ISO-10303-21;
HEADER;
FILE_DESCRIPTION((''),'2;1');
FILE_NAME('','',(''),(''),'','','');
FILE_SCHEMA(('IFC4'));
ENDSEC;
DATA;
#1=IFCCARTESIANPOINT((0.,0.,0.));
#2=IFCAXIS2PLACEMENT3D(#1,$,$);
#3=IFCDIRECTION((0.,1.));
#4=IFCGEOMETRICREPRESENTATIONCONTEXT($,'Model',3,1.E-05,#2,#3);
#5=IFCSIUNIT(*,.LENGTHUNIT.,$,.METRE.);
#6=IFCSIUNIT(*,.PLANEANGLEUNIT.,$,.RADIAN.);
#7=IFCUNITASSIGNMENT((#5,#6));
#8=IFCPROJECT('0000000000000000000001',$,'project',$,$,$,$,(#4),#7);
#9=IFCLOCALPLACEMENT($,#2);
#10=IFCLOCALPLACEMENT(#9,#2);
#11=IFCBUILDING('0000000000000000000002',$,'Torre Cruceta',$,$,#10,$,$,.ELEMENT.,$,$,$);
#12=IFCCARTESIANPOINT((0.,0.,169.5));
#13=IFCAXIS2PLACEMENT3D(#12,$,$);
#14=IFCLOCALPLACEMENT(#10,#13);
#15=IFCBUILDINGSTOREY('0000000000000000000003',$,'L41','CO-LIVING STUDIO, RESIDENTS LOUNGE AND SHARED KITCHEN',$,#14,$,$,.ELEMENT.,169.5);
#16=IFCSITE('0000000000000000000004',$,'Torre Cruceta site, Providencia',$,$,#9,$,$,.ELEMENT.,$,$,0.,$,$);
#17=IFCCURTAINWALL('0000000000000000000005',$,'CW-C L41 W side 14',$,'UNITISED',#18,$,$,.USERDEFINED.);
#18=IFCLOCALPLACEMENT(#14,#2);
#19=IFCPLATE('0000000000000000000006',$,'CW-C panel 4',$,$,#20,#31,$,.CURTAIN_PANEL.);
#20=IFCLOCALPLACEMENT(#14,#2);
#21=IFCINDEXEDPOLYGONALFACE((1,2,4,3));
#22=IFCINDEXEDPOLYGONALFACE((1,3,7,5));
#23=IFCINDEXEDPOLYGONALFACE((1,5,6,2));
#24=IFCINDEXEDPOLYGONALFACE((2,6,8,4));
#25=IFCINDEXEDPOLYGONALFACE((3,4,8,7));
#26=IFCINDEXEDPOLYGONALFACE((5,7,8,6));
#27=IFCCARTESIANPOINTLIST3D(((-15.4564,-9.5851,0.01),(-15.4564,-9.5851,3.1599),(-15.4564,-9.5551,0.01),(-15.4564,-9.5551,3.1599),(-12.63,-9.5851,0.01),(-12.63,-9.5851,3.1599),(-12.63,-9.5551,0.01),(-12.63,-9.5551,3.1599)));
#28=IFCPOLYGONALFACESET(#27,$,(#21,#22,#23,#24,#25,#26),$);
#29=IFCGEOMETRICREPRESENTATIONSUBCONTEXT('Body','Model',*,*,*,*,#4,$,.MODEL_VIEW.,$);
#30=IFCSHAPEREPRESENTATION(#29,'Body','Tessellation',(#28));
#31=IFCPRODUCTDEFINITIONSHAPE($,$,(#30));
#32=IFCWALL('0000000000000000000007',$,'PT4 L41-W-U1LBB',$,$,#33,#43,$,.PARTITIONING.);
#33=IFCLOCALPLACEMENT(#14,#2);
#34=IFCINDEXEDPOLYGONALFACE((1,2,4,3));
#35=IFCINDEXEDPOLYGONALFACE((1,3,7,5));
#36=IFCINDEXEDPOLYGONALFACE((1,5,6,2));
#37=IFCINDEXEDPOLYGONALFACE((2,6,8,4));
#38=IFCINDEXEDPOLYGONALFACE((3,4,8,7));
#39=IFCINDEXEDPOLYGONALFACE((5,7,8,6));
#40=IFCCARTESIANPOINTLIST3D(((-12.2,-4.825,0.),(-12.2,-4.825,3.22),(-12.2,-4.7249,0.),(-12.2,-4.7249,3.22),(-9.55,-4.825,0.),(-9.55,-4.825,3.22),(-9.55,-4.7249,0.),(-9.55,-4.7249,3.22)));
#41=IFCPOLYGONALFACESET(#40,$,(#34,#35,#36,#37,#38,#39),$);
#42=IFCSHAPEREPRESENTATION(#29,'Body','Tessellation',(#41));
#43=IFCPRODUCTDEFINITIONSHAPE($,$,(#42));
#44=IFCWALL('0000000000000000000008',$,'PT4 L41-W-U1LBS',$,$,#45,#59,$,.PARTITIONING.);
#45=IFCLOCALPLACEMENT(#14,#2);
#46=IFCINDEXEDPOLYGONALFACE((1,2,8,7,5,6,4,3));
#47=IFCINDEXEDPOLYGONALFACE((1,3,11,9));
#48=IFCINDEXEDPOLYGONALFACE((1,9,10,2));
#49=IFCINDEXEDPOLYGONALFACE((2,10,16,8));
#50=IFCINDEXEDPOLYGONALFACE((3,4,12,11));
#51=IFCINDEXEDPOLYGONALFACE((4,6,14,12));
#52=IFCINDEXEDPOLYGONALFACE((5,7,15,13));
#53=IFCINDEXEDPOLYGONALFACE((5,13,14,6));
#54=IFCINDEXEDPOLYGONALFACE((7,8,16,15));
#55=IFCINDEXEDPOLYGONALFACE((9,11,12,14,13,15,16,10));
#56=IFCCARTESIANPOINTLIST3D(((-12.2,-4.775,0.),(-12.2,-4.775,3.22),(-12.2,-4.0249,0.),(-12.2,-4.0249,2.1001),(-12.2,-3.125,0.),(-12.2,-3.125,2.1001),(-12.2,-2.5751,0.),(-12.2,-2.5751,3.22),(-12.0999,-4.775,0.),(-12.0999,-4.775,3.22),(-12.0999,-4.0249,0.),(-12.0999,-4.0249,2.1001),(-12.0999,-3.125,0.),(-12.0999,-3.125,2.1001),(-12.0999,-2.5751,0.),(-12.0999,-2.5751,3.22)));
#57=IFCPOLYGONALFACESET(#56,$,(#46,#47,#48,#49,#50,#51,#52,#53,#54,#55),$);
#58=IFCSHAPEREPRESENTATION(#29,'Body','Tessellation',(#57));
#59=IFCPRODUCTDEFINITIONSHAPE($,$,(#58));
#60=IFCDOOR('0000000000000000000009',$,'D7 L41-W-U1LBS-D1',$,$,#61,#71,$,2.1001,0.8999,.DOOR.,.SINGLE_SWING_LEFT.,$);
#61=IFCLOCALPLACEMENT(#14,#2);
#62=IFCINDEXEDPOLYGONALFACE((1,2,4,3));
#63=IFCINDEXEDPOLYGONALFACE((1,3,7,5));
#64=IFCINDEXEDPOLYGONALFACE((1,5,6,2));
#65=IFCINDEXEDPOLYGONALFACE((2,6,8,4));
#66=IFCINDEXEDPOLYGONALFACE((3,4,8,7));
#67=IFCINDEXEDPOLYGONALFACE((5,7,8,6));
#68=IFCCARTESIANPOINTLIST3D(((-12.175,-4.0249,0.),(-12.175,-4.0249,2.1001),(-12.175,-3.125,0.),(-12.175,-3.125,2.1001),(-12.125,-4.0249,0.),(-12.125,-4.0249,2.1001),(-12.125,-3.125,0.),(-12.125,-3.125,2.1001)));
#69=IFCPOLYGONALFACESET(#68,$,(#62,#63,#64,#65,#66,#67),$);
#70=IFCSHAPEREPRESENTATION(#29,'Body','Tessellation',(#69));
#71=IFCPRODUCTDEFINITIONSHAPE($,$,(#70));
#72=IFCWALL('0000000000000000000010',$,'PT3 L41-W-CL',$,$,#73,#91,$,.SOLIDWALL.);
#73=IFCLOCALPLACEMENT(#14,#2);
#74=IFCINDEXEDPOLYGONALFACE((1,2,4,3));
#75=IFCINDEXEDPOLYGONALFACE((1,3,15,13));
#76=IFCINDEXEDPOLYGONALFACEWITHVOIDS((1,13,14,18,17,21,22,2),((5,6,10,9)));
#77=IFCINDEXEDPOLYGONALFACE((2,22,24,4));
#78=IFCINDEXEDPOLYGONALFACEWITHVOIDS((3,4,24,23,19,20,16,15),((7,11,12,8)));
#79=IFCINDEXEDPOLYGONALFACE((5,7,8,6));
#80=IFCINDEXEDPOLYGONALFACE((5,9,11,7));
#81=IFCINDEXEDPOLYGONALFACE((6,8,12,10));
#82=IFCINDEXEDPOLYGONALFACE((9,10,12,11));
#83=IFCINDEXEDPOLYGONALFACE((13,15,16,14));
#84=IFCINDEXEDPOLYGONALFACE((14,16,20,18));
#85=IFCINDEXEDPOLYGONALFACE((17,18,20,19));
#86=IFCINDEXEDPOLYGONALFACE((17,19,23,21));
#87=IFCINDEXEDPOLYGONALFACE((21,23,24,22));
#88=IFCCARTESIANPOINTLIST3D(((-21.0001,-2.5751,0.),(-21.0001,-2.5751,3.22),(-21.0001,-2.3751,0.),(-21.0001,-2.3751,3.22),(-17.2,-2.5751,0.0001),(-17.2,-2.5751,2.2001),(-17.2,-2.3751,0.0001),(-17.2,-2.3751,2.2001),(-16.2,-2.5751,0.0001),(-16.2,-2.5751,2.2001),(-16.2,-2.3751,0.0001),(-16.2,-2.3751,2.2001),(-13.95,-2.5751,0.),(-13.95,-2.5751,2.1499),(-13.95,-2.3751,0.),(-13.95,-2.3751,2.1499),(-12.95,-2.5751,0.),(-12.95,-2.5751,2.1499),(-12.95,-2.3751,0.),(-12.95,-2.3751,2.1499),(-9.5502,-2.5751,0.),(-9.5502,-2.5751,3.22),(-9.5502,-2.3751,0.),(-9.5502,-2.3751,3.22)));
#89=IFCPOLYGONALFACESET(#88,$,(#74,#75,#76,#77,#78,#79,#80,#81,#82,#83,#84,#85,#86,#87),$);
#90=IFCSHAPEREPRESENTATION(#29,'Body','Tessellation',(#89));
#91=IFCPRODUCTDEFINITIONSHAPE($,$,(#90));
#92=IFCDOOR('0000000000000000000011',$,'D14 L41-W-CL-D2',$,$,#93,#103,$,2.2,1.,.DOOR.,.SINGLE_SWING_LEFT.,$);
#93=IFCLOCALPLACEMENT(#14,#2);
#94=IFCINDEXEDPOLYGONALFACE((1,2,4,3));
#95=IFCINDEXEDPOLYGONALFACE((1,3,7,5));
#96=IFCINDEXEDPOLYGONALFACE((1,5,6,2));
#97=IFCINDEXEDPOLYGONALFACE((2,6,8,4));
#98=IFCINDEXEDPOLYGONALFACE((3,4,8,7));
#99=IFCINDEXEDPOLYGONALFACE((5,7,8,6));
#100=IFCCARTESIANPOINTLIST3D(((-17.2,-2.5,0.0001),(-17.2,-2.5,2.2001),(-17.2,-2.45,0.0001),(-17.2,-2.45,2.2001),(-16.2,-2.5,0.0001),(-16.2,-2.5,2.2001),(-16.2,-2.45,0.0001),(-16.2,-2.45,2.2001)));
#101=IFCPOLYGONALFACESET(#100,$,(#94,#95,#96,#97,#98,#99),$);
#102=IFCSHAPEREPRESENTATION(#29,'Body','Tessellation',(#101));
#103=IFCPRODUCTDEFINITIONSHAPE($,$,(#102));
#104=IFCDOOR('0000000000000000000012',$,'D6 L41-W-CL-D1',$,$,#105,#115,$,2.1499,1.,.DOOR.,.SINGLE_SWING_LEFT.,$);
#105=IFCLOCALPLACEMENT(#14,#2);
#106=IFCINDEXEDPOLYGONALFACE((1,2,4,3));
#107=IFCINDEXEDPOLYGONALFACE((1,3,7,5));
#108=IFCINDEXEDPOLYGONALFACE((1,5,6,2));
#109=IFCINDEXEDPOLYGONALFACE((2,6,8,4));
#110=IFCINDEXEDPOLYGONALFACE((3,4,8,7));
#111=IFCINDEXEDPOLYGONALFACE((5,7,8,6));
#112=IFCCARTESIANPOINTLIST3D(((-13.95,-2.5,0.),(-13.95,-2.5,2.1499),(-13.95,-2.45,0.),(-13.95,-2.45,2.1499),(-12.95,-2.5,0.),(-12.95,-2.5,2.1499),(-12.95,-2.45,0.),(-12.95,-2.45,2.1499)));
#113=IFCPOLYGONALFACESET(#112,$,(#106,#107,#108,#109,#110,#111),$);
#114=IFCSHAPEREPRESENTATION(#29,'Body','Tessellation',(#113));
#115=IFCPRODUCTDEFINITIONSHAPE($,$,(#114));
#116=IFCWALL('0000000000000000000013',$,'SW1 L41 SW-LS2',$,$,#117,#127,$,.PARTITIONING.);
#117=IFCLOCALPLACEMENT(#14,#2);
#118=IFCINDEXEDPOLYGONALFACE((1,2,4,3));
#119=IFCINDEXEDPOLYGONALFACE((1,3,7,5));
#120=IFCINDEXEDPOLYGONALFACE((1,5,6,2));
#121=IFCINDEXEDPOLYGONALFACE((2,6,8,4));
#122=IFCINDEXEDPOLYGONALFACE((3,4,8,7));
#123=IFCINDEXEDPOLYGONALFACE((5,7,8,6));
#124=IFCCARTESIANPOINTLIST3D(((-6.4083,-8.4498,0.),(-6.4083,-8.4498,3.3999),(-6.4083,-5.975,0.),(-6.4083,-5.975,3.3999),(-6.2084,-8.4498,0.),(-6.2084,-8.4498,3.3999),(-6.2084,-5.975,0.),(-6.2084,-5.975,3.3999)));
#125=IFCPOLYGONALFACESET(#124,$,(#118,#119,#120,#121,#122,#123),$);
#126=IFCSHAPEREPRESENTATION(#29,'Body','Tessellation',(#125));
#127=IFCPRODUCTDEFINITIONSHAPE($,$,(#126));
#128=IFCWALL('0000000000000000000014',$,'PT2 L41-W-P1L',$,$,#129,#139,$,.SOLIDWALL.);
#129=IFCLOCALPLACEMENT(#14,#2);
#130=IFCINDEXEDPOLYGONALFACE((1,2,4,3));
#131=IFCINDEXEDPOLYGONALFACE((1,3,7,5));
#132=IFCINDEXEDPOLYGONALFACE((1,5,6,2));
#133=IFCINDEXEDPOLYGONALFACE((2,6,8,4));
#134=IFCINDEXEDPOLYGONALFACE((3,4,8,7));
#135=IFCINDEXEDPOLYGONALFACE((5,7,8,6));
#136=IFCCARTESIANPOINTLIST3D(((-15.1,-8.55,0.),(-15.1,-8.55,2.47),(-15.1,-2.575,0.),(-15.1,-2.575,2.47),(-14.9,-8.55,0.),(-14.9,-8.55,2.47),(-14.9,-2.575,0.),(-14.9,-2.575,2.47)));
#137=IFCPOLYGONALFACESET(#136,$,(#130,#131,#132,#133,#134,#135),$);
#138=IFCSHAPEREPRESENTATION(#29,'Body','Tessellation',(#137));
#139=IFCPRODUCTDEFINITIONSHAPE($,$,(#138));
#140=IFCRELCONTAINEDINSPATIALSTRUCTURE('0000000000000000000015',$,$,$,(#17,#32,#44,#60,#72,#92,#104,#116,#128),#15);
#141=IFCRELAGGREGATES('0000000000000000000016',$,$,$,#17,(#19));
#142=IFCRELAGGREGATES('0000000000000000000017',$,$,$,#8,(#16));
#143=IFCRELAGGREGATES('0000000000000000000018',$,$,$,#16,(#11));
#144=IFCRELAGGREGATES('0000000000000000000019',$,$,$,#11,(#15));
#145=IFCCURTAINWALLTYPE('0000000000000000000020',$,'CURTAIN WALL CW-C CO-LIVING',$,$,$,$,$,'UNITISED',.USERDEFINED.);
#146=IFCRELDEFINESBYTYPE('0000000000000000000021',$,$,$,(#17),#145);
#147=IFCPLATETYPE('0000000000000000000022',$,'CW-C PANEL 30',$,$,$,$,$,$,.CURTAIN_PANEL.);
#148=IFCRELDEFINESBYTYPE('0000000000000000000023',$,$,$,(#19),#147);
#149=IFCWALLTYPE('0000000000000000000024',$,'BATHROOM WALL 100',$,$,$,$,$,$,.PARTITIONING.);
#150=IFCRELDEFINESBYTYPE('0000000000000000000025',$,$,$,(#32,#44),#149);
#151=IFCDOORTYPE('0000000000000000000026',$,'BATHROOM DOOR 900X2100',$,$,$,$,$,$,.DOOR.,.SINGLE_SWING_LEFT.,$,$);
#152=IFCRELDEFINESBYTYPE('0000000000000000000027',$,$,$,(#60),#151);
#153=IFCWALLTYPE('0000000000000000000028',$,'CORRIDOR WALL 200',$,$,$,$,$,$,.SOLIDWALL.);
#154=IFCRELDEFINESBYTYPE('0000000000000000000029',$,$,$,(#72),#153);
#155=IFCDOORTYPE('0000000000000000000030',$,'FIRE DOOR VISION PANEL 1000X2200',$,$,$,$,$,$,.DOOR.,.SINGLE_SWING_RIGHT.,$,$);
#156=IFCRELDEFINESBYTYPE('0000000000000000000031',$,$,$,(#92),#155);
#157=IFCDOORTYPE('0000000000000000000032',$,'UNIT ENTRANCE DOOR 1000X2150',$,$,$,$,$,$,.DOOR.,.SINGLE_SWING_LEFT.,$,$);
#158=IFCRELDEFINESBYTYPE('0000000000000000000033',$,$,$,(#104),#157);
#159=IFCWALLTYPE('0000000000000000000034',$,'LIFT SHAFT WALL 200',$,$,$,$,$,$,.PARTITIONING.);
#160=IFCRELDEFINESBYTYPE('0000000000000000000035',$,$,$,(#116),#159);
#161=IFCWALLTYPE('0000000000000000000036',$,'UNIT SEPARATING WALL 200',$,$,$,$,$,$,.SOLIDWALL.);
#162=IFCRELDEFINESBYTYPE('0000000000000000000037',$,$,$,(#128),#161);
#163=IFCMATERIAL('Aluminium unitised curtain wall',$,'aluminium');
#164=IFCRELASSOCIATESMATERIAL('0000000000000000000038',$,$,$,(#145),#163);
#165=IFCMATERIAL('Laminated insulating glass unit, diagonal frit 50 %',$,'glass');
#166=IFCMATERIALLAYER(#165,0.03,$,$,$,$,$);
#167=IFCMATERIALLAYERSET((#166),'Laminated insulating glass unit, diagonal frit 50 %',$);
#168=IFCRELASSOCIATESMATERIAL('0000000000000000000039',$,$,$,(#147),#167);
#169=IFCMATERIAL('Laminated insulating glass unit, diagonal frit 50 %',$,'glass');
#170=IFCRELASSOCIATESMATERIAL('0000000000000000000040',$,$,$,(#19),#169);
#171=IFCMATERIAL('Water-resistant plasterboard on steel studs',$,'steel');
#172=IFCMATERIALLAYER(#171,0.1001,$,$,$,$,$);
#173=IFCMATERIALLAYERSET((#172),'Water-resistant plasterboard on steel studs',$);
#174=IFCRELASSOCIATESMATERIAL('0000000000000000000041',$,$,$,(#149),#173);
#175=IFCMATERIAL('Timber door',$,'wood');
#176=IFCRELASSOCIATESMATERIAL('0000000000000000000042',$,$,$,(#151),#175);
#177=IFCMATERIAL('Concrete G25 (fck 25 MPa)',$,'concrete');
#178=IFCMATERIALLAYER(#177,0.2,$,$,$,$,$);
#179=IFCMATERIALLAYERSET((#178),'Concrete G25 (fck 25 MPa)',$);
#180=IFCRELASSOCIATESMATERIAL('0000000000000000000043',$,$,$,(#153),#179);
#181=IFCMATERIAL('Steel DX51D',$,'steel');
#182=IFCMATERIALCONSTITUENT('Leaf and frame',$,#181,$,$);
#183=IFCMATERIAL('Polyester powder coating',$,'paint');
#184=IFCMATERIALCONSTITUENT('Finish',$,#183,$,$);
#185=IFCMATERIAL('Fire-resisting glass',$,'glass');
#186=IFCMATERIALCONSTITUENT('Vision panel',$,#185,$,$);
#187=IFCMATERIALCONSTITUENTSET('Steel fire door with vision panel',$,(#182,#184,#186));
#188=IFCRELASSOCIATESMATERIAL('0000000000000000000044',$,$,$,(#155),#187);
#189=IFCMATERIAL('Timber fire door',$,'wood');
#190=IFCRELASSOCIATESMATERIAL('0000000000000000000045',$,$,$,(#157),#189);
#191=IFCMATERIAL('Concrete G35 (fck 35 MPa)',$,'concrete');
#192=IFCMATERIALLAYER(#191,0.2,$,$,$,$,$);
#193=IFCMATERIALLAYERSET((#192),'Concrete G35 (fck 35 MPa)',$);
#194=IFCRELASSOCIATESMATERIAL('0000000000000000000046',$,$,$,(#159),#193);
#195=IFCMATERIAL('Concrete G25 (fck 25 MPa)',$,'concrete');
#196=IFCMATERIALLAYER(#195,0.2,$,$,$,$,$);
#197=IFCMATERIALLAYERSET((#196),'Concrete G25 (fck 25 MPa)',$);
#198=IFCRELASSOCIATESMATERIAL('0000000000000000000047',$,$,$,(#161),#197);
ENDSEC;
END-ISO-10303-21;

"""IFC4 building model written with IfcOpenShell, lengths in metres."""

from ifc_helpers import new_model, si_unit, direction, frame, frame_2d, origin, origin_2d, place, context, subcontext, project, spatial, rectangle, extrude, material, layer, layer_set, constituent, constituent_set, type_object, element, fill, aggregate, save


model = new_model("IFC4")

# Units and contexts
model_context = context("Model", 3, precision=1e-05, world=origin(), true_north=direction((0.0, 1.0)))
body_context = subcontext(model_context, "Body", "Model", "MODEL_VIEW")
ifc_project = project(units=[si_unit("LENGTHUNIT", "METRE"), si_unit("PLANEANGLEUNIT", "RADIAN")], contexts=[model_context])

# Site, building, storey
site_placement = place(None, origin())
site = spatial("IfcSite", under=ifc_project, at=site_placement, Name="Torre Cruceta site, Providencia", CompositionType="ELEMENT", RefElevation=0.0)
building_placement = place(site_placement, origin())
building = spatial("IfcBuilding", under=site, at=building_placement, Name="Torre Cruceta", CompositionType="ELEMENT")
storey_placement = place(building_placement, frame((0.0, 0.0, 169.5)))
storey = spatial("IfcBuildingStorey", under=building, at=storey_placement, Name="L41", Description="CO-LIVING STUDIO, RESIDENTS LOUNGE AND SHARED KITCHEN", CompositionType="ELEMENT", Elevation=169.5)

# Curtain wall
ifc_material_1 = material(Name="Aluminium unitised curtain wall", Category="aluminium")
curtain_wall_type = type_object("IfcCurtainWallType", Name="CURTAIN WALL CW-C CO-LIVING", ElementType="UNITISED", PredefinedType="USERDEFINED", material=ifc_material_1)
curtain_wall_placement = place(storey_placement, origin())
curtain_wall = element("IfcCurtainWall", 1, at=curtain_wall_placement, inside=storey, type_object=curtain_wall_type, Name="CW-C L41 W side 14", ObjectType="UNITISED", PredefinedType="USERDEFINED")

# Plate
ifc_material_2 = material(Name="Laminated insulating glass unit, diagonal frit 50 %", Category="glass")
ifc_material_3 = material(Name="Laminated insulating glass unit, diagonal frit 50 %", Category="glass")
ifc_layer_1 = layer(ifc_material_3, 0.03)
ifc_layer_set_1 = layer_set([ifc_layer_1], Name="Laminated insulating glass unit, diagonal frit 50 %")
plate_type = type_object("IfcPlateType", Name="CW-C PANEL 30", PredefinedType="CURTAIN_PANEL", material=ifc_layer_set_1)
plate_placement = place(storey_placement, frame((-14.0432, -9.5701, 0.01), z_axis=(0.0, 0.0, 1.0), x_axis=(1.0, 0.0, 0.0)))
plate = element("IfcPlate", 2, at=plate_placement, type_object=plate_type, material=ifc_material_2, Name="CW-C panel 4", PredefinedType="CURTAIN_PANEL", context=body_context, shape_type="SweptSolid", body=[
    extrude(rectangle(XDim=2.8264, YDim=0.03, at=origin_2d()), origin(), (0.0, 0.0, 1.0), 3.1499),
])
aggregate(curtain_wall, [plate])

# Wall
ifc_material_4 = material(Name="Water-resistant plasterboard on steel studs", Category="steel")
ifc_layer_2 = layer(ifc_material_4, 0.1001)
ifc_layer_set_2 = layer_set([ifc_layer_2], Name="Water-resistant plasterboard on steel studs")
wall_type_1 = type_object("IfcWallType", Name="BATHROOM WALL 100", PredefinedType="PARTITIONING", material=ifc_layer_set_2)
wall_1_placement = place(storey_placement, frame((-9.55, -4.7749, 0.0), z_axis=(0.0, 0.0, 1.0), x_axis=(-1.0, 0.0, 0.0)))
element("IfcWall", 3, at=wall_1_placement, inside=storey, type_object=wall_type_1, Name="PT4 L41-W-U1LBB", PredefinedType="PARTITIONING", context=body_context, shape_type="SweptSolid", body=[
    extrude(rectangle(XDim=2.6499, YDim=0.1001, at=frame_2d((1.325, 0.0))), origin(), (0.0, 0.0, 1.0), 3.22),
])

# Wall, opening, door
wall_2_placement = place(storey_placement, frame((-12.1499, -2.575, 0.0), z_axis=(0.0, 0.0, 1.0), x_axis=(0.0, -1.0, 0.0)))
wall_2 = element("IfcWall", 4, at=wall_2_placement, inside=storey, type_object=wall_type_1, Name="PT4 L41-W-U1LBS", PredefinedType="PARTITIONING", context=body_context, shape_type="SweptSolid", body=[
    extrude(rectangle(XDim=2.2, YDim=0.1001, at=frame_2d((1.1001, 0.0))), origin(), (0.0, 0.0, 1.0), 3.22),
])
opening_1_placement = place(wall_2_placement, frame((0.55, 0.0, 0.0)))
opening_1 = element("IfcOpeningElement", 5, at=opening_1_placement, cuts=wall_2, PredefinedType="OPENING", context=body_context, shape_type="SweptSolid", body=[
    extrude(rectangle(XDim=0.8999, YDim=2.1001, at=frame_2d((0.45, 1.05))), frame((0.0, 0.0601, 0.0), z_axis=(0.0, -1.0, 0.0), x_axis=(1.0, 0.0, 0.0)), (0.0, 0.0, 1.0), 0.1201),
])
ifc_material_5 = material(Name="Timber door", Category="wood")
door_type_1 = type_object("IfcDoorType", Name="BATHROOM DOOR 900X2100", OperationType="SINGLE_SWING_LEFT", PredefinedType="DOOR", material=ifc_material_5)
door_1_placement = place(opening_1_placement, origin())
door_1 = element("IfcDoor", 6, at=door_1_placement, inside=storey, type_object=door_type_1, Name="D7 L41-W-U1LBS-D1", OperationType="SINGLE_SWING_LEFT", OverallHeight=2.1001, OverallWidth=0.8999, PredefinedType="DOOR", context=body_context, shape_type="SweptSolid", body=[
    extrude(rectangle(XDim=0.8999, YDim=2.1001, at=frame_2d((0.45, 1.05))), frame((0.0, 0.0249, 0.0), z_axis=(0.0, -1.0, 0.0), x_axis=(1.0, 0.0, 0.0)), (0.0, 0.0, 1.0), 0.05),
])
fill(opening_1, door_1)

# Wall, openings, doors
ifc_material_6 = material(Name="Concrete G25 (fck 25 MPa)", Category="concrete")
ifc_layer_3 = layer(ifc_material_6, 0.2)
ifc_layer_set_3 = layer_set([ifc_layer_3], Name="Concrete G25 (fck 25 MPa)")
wall_type_2 = type_object("IfcWallType", Name="CORRIDOR WALL 200", PredefinedType="SOLIDWALL", material=ifc_layer_set_3)
wall_3_placement = place(storey_placement, frame((-9.55, -2.4751, 0.0), z_axis=(0.0, 0.0, 1.0), x_axis=(-1.0, 0.0, 0.0)))
wall_3 = element("IfcWall", 7, at=wall_3_placement, inside=storey, type_object=wall_type_2, Name="PT3 L41-W-CL", PredefinedType="SOLIDWALL", context=body_context, shape_type="SweptSolid", body=[
    extrude(rectangle(XDim=11.45, YDim=0.2, at=frame_2d((5.7251, 0.0))), origin(), (0.0, 0.0, 1.0), 3.22),
])
opening_2_placement = place(wall_3_placement, frame((3.3999, 0.0, 0.0)))
opening_2 = element("IfcOpeningElement", 8, at=opening_2_placement, cuts=wall_3, PredefinedType="OPENING", context=body_context, shape_type="SweptSolid", body=[
    extrude(rectangle(XDim=1.0, YDim=2.1499, at=frame_2d((0.5, 1.075))), frame((0.0, 0.1099, 0.0), z_axis=(0.0, -1.0, 0.0), x_axis=(1.0, 0.0, 0.0)), (0.0, 0.0, 1.0), 0.22),
])
opening_3_placement = place(wall_3_placement, frame((6.6499, 0.0, 0.0)))
opening_3 = element("IfcOpeningElement", 9, at=opening_3_placement, cuts=wall_3, PredefinedType="OPENING", context=body_context, shape_type="SweptSolid", body=[
    extrude(rectangle(XDim=1.0, YDim=2.2, at=frame_2d((0.5, 1.1001))), frame((0.0, 0.1099, 0.0), z_axis=(0.0, -1.0, 0.0), x_axis=(1.0, 0.0, 0.0)), (0.0, 0.0, 1.0), 0.22),
])
ifc_material_7 = material(Name="Steel DX51D", Category="steel")
ifc_constituent_1 = constituent(ifc_material_7, Name="Leaf and frame")
ifc_material_8 = material(Name="Polyester powder coating", Category="paint")
ifc_constituent_2 = constituent(ifc_material_8, Name="Finish")
ifc_material_9 = material(Name="Fire-resisting glass", Category="glass")
ifc_constituent_3 = constituent(ifc_material_9, Name="Vision panel")
ifc_constituent_set_1 = constituent_set(constituents=[ifc_constituent_1, ifc_constituent_2, ifc_constituent_3], Name="Steel fire door with vision panel")
door_type_2 = type_object("IfcDoorType", Name="FIRE DOOR VISION PANEL 1000X2200", OperationType="SINGLE_SWING_RIGHT", PredefinedType="DOOR", material=ifc_constituent_set_1)
door_2_placement = place(opening_3_placement, origin())
door_2 = element("IfcDoor", 10, at=door_2_placement, inside=storey, type_object=door_type_2, Name="D14 L41-W-CL-D2", OperationType="SINGLE_SWING_LEFT", OverallHeight=2.2, OverallWidth=1.0, PredefinedType="DOOR", context=body_context, shape_type="SweptSolid", body=[
    extrude(rectangle(XDim=1.0, YDim=2.2, at=frame_2d((0.5, 1.1001))), frame((0.0, 0.0249, 0.0), z_axis=(0.0, -1.0, 0.0), x_axis=(1.0, 0.0, 0.0)), (0.0, 0.0, 1.0), 0.05),
])
fill(opening_3, door_2)
ifc_material_10 = material(Name="Timber fire door", Category="wood")
door_type_3 = type_object("IfcDoorType", Name="UNIT ENTRANCE DOOR 1000X2150", OperationType="SINGLE_SWING_LEFT", PredefinedType="DOOR", material=ifc_material_10)
door_3_placement = place(opening_2_placement, origin())
door_3 = element("IfcDoor", 11, at=door_3_placement, inside=storey, type_object=door_type_3, Name="D6 L41-W-CL-D1", OperationType="SINGLE_SWING_LEFT", OverallHeight=2.1499, OverallWidth=1.0, PredefinedType="DOOR", context=body_context, shape_type="SweptSolid", body=[
    extrude(rectangle(XDim=1.0, YDim=2.1499, at=frame_2d((0.5, 1.075))), frame((0.0, 0.0249, 0.0), z_axis=(0.0, -1.0, 0.0), x_axis=(1.0, 0.0, 0.0)), (0.0, 0.0, 1.0), 0.05),
])
fill(opening_2, door_3)

# Walls
ifc_material_11 = material(Name="Concrete G35 (fck 35 MPa)", Category="concrete")
ifc_layer_4 = layer(ifc_material_11, 0.2)
ifc_layer_set_4 = layer_set([ifc_layer_4], Name="Concrete G35 (fck 35 MPa)")
wall_type_3 = type_object("IfcWallType", Name="LIFT SHAFT WALL 200", PredefinedType="PARTITIONING", material=ifc_layer_set_4)
wall_4_placement = place(storey_placement, frame((-6.3083, -5.9751, 0.0), z_axis=(0.0, 0.0, 1.0), x_axis=(0.0, -1.0, 0.0)))
element("IfcWall", 12, at=wall_4_placement, inside=storey, type_object=wall_type_3, Name="SW1 L41 SW-LS2", PredefinedType="PARTITIONING", context=body_context, shape_type="SweptSolid", body=[
    extrude(rectangle(XDim=2.4749, YDim=0.2, at=frame_2d((1.2373, 0.0))), origin(), (0.0, 0.0, 1.0), 3.3999),
])
ifc_material_12 = material(Name="Concrete G25 (fck 25 MPa)", Category="concrete")
ifc_layer_5 = layer(ifc_material_12, 0.2)
ifc_layer_set_5 = layer_set([ifc_layer_5], Name="Concrete G25 (fck 25 MPa)")
wall_type_4 = type_object("IfcWallType", Name="UNIT SEPARATING WALL 200", PredefinedType="SOLIDWALL", material=ifc_layer_set_5)
wall_5_placement = place(storey_placement, frame((-15.0, -2.575, 0.0), z_axis=(0.0, 0.0, 1.0), x_axis=(0.0, -1.0, 0.0)))
element("IfcWall", 13, at=wall_5_placement, inside=storey, type_object=wall_type_4, Name="PT2 L41-W-P1L", PredefinedType="SOLIDWALL", context=body_context, shape_type="SweptSolid", body=[
    extrude(rectangle(XDim=5.9751, YDim=0.2, at=frame_2d((2.9875, 0.0))), origin(), (0.0, 0.0, 1.0), 2.47),
])

save(model, "model.ifc")
